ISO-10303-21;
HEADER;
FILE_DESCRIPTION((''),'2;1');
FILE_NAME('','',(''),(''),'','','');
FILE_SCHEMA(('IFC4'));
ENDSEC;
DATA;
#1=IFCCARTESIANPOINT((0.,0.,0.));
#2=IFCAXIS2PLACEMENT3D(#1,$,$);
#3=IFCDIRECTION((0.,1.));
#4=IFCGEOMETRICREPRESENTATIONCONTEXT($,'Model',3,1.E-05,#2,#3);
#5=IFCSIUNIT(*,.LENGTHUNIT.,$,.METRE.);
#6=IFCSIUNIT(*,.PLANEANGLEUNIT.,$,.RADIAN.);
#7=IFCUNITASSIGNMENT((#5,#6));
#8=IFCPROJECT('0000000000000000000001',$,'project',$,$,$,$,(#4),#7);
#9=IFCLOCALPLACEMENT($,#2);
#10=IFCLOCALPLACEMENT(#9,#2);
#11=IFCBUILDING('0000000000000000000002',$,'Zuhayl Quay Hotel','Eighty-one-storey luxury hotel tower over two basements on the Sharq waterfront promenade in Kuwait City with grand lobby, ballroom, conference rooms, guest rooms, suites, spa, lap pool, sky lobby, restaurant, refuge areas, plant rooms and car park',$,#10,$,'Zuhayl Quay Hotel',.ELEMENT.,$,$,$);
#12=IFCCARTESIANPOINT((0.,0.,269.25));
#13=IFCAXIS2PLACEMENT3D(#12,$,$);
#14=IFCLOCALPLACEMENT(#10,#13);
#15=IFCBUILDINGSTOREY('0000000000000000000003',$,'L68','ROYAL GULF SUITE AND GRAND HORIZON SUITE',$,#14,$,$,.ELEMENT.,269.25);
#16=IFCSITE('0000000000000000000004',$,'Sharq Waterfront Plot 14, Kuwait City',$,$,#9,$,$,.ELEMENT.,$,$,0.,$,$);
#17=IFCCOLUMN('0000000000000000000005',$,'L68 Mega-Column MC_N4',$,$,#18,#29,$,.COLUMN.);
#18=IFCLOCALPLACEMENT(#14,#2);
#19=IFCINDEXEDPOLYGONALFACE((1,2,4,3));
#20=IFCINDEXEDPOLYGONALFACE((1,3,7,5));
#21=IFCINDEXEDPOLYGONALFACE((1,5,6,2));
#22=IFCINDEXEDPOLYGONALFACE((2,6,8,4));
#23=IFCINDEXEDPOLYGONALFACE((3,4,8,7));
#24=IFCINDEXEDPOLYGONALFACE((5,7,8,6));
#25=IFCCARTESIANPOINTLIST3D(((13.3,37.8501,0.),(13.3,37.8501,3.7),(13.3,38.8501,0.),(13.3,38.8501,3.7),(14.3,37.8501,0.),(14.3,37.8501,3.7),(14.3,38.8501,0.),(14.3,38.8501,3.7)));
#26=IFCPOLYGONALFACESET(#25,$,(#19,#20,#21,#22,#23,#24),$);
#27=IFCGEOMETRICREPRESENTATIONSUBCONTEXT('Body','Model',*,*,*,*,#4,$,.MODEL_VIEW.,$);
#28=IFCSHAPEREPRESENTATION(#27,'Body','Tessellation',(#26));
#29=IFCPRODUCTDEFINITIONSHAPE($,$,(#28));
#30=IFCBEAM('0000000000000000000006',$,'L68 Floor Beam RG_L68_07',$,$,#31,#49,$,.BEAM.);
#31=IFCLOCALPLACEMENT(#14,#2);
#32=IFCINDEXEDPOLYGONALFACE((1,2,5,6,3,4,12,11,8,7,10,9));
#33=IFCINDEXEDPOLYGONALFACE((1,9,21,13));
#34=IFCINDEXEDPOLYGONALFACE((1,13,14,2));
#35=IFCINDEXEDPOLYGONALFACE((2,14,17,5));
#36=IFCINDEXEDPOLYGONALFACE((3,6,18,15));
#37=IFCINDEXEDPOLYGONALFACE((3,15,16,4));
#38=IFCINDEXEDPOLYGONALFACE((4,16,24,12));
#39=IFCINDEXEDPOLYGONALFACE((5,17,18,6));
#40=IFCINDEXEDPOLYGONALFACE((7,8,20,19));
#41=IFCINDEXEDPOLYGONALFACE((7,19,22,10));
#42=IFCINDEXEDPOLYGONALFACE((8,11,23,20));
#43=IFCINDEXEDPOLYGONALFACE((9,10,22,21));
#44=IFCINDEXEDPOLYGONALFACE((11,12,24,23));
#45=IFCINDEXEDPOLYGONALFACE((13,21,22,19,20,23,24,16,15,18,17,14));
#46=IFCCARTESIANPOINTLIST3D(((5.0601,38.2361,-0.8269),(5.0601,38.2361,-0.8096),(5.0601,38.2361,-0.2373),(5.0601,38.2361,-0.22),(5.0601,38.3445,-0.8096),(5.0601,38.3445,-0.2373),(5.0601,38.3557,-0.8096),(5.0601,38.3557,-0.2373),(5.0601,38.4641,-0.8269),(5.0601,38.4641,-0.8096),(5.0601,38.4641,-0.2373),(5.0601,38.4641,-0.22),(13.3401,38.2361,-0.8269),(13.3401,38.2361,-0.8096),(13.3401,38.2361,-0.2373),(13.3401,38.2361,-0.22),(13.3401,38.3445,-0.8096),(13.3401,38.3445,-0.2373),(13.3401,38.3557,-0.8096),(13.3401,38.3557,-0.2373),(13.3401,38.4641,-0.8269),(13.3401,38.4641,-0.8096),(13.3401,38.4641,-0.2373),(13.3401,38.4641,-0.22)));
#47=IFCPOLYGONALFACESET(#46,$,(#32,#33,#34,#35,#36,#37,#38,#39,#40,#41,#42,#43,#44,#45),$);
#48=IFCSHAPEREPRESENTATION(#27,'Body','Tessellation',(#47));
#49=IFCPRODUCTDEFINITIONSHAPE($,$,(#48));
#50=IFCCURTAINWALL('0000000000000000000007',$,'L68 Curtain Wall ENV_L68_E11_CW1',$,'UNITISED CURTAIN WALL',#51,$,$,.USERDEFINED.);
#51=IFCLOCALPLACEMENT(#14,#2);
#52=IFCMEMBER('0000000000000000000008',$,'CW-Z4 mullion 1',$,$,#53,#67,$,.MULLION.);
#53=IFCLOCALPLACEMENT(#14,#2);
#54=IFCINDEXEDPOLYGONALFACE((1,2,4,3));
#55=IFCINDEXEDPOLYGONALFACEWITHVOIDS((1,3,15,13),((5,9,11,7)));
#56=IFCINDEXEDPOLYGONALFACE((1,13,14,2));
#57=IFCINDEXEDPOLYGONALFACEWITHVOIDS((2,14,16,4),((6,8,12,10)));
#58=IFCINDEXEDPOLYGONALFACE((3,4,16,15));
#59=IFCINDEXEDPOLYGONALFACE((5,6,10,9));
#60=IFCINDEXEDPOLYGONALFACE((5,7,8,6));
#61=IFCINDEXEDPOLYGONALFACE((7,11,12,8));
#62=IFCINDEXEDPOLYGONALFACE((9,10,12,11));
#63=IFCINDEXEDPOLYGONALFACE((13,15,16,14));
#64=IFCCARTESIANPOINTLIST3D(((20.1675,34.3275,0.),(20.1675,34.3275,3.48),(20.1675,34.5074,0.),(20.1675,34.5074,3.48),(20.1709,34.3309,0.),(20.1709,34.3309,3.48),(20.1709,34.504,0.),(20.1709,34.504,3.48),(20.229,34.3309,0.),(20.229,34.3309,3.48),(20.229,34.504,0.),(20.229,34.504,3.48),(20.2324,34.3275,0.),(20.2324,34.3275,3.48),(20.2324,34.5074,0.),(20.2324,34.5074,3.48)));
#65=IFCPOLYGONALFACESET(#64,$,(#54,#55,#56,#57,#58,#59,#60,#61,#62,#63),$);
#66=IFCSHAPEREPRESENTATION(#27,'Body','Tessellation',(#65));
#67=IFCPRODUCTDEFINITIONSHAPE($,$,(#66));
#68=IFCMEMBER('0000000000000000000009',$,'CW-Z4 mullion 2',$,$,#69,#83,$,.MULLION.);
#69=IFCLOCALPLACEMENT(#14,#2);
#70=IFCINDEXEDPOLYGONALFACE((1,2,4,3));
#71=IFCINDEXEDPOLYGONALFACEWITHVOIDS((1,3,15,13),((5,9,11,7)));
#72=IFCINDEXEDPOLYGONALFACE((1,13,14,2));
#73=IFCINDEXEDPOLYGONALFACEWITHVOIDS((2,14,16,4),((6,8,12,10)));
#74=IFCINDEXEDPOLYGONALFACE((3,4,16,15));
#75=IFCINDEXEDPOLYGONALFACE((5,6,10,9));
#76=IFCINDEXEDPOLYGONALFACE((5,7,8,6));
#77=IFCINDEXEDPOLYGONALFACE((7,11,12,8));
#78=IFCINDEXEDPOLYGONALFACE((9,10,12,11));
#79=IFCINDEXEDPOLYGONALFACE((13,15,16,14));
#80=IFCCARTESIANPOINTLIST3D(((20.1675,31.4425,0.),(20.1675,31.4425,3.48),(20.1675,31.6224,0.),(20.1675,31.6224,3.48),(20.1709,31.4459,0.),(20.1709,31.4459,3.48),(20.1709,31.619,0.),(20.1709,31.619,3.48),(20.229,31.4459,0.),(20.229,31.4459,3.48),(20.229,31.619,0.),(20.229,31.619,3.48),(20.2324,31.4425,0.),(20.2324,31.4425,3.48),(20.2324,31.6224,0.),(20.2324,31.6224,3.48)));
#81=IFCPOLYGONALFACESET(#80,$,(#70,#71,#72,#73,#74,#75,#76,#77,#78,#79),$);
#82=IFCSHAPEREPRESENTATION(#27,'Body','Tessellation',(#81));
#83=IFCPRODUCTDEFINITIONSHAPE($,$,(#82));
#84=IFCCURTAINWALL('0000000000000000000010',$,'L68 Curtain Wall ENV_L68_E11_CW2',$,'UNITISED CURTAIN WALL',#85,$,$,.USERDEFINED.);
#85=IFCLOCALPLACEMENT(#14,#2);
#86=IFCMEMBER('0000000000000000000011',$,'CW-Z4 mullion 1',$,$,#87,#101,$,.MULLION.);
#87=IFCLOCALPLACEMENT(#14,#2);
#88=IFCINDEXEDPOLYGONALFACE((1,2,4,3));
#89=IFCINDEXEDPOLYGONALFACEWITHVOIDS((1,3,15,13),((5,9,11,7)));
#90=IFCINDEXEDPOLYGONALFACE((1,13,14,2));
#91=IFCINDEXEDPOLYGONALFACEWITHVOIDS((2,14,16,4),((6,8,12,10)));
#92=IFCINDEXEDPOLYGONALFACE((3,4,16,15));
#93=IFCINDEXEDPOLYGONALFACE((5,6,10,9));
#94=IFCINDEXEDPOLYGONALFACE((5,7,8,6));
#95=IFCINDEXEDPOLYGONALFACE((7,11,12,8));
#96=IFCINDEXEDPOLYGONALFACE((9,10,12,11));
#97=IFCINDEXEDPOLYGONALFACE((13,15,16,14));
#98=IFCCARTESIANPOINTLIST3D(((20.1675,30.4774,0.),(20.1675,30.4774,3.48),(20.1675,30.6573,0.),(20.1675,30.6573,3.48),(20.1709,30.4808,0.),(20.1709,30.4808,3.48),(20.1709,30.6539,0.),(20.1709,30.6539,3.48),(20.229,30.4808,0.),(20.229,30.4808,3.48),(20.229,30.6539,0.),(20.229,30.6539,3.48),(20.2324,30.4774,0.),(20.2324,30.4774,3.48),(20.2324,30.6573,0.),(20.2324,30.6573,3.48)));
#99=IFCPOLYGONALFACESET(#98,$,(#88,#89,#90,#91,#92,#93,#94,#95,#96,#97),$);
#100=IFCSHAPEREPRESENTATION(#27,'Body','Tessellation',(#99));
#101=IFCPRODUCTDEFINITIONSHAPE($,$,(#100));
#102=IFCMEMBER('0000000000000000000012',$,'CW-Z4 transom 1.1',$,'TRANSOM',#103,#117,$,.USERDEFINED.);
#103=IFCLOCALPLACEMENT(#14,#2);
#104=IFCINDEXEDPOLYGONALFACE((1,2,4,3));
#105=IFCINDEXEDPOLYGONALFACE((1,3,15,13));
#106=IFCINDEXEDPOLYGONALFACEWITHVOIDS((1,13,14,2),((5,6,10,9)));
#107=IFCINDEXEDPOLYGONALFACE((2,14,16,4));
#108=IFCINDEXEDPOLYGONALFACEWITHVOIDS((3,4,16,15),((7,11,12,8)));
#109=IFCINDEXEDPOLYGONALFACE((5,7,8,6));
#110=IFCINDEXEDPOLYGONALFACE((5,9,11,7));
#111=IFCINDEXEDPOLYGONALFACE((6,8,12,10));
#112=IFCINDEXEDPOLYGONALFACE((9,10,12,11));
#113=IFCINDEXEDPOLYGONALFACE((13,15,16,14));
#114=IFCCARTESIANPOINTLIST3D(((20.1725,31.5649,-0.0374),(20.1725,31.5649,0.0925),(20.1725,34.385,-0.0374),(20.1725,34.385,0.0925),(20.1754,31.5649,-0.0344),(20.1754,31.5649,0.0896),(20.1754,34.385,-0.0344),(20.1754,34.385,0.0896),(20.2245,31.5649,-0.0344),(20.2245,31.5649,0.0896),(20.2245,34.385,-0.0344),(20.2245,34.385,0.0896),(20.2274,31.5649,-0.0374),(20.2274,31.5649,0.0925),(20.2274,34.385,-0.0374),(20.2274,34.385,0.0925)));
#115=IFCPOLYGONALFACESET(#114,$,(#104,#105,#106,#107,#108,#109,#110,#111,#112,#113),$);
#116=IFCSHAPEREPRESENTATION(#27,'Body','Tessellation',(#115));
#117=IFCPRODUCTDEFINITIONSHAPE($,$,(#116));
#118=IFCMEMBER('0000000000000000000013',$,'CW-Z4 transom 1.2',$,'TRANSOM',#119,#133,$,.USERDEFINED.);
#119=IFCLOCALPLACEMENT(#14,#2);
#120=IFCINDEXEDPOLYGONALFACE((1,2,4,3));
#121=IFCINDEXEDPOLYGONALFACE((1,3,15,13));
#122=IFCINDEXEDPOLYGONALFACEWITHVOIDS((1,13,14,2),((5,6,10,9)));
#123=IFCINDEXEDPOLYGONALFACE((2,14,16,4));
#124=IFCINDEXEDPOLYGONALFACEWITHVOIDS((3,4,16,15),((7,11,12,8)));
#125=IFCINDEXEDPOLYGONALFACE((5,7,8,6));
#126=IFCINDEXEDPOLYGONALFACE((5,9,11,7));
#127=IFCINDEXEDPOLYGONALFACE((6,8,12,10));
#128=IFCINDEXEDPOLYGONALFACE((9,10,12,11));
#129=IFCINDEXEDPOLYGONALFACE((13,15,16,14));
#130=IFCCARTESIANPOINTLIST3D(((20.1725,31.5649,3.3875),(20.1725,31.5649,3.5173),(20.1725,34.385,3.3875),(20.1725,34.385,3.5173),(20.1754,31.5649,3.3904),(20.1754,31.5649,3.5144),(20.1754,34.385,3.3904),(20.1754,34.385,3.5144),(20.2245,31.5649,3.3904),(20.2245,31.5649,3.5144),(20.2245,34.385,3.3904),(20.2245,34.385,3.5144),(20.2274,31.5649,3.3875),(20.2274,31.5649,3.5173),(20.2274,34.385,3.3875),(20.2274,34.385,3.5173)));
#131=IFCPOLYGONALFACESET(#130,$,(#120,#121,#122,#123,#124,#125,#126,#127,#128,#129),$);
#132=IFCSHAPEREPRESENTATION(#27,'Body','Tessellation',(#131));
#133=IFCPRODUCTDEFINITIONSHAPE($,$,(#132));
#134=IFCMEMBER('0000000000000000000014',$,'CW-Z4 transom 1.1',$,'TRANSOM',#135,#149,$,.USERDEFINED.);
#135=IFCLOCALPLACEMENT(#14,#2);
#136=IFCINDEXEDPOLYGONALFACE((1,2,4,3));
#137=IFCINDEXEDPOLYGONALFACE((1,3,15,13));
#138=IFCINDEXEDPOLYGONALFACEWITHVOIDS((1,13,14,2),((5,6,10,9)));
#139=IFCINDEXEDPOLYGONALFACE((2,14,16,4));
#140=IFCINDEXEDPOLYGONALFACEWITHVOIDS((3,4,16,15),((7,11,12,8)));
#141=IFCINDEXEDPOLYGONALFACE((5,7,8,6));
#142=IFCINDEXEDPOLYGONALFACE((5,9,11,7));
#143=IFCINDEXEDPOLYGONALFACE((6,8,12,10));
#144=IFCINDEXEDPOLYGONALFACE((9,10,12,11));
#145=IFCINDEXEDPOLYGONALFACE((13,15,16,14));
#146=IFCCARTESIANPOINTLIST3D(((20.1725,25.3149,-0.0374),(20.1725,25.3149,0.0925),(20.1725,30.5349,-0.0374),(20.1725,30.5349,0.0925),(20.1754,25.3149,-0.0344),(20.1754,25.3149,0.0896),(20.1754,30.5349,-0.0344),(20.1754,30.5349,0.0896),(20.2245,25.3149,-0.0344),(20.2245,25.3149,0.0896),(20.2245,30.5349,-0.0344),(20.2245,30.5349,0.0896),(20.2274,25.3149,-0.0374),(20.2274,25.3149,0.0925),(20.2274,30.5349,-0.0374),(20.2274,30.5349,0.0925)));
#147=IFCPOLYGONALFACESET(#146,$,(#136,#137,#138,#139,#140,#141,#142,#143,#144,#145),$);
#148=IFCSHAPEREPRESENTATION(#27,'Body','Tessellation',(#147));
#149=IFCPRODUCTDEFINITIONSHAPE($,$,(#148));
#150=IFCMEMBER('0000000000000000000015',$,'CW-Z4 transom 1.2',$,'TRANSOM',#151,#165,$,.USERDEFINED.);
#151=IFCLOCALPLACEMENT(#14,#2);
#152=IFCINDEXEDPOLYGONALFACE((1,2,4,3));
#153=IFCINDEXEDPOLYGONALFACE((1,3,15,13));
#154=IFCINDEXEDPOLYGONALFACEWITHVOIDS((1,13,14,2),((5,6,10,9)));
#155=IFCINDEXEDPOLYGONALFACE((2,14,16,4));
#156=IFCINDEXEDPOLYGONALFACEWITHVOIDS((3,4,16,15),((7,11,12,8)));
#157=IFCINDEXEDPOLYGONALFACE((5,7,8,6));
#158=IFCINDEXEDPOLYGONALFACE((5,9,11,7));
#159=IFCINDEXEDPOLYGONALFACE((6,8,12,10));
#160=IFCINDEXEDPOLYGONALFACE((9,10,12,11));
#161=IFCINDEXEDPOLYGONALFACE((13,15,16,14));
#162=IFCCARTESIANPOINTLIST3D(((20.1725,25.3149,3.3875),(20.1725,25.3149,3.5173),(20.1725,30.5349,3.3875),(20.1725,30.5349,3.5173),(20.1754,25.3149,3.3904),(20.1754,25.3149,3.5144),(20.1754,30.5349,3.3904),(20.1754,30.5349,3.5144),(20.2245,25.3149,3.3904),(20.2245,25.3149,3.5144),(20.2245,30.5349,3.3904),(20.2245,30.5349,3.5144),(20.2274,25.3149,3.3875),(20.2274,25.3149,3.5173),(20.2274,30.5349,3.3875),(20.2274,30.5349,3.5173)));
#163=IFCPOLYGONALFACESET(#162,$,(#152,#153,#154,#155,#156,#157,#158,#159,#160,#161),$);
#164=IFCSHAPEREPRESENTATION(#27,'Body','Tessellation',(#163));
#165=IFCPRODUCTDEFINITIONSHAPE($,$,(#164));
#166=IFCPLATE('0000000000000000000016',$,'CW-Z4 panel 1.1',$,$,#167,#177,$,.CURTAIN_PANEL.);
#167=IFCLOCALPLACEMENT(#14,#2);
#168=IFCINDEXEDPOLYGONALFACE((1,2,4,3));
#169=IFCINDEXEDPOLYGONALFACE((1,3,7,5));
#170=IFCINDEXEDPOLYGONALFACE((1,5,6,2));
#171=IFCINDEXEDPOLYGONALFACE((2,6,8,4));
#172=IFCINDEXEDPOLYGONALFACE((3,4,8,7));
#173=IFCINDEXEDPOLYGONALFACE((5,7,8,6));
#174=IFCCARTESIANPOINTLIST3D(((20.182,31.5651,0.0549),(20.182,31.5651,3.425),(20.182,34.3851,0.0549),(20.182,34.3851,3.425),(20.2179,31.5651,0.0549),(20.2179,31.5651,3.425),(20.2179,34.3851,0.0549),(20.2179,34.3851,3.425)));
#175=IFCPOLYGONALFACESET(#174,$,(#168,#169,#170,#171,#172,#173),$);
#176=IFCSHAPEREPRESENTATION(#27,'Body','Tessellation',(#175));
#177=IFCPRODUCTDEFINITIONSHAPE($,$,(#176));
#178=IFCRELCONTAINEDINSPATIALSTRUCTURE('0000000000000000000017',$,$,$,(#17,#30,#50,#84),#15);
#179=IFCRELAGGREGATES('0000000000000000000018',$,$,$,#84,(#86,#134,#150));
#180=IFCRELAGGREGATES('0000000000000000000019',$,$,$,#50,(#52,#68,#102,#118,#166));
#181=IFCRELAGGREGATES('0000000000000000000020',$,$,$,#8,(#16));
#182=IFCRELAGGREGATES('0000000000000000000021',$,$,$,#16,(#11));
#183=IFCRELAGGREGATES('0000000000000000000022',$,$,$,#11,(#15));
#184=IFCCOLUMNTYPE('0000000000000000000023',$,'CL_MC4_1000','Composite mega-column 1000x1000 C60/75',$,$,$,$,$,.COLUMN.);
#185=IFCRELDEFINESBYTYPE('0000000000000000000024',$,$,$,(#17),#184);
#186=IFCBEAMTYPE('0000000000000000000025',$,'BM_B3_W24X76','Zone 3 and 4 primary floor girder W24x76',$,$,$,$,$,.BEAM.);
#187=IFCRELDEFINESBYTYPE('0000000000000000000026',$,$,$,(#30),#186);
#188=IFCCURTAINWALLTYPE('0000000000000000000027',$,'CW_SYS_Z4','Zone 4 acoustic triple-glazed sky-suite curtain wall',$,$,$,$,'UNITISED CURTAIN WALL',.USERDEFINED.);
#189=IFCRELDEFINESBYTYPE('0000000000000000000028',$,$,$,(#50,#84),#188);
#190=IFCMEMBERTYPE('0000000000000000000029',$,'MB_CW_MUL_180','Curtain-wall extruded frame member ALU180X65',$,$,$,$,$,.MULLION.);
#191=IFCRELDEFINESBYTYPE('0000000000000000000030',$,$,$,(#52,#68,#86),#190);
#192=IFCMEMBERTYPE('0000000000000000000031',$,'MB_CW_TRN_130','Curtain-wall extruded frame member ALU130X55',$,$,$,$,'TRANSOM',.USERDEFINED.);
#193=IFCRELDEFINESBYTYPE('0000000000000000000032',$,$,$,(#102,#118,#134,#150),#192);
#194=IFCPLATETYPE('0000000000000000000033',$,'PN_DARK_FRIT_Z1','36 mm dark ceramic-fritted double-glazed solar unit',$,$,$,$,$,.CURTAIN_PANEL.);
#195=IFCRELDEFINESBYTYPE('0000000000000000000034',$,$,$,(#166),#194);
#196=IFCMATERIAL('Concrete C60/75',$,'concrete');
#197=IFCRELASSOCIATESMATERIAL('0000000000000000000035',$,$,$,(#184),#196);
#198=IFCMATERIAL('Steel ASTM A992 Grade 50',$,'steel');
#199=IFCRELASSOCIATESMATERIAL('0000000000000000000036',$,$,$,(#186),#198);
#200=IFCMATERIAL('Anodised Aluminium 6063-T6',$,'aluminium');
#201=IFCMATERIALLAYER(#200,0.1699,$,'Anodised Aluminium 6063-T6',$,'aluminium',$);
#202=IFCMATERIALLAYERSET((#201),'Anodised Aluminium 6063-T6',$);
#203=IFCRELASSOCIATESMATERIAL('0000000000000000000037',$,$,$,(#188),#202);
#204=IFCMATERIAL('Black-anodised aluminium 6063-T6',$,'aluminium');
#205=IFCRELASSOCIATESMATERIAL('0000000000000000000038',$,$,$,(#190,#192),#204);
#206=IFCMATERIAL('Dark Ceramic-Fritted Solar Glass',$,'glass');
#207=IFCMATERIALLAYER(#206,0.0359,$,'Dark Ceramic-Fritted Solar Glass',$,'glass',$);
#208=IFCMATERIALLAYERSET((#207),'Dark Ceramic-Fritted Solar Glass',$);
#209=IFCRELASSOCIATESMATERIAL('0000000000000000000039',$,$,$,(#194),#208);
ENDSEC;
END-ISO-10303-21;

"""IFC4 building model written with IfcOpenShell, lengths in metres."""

from ifc_helpers import new_model, si_unit, direction, frame, origin, origin_2d, place, context, subcontext, project, spatial, rectangle, hollow_rectangle, i_section, extrude, material, layer, layer_set, material_profile, profile_set, type_object, element, aggregate, save


model = new_model("IFC4")

# Units and contexts
model_context = context("Model", 3, precision=1e-05, world=origin(), true_north=direction((0.0, 1.0)))
body_context = subcontext(model_context, "Body", "Model", "MODEL_VIEW")
ifc_project = project(units=[si_unit("LENGTHUNIT", "METRE"), si_unit("PLANEANGLEUNIT", "RADIAN")], contexts=[model_context])

# Site, building, storey
site_placement = place(None, origin())
site = spatial("IfcSite", under=ifc_project, at=site_placement, Name="Sharq Waterfront Plot 14, Kuwait City", CompositionType="ELEMENT", RefElevation=0.0)
building_placement = place(site_placement, origin())
building = spatial("IfcBuilding", under=site, at=building_placement, Name="Zuhayl Quay Hotel", Description="Eighty-one-storey luxury hotel tower over two basements on the Sharq waterfront promenade in Kuwait City with grand lobby, ballroom, conference rooms, guest rooms, suites, spa, lap pool, sky lobby, restaurant, refuge areas, plant rooms and car park", LongName="Zuhayl Quay Hotel", CompositionType="ELEMENT")
storey_placement = place(building_placement, frame((0.0, 0.0, 269.25)))
storey = spatial("IfcBuildingStorey", under=building, at=storey_placement, Name="L68", Description="ROYAL GULF SUITE AND GRAND HORIZON SUITE", CompositionType="ELEMENT", Elevation=269.25)

# Column
ifc_material_1 = material(Name="Concrete C60/75", Category="concrete")
ifc_material_profile_1 = material_profile(ifc_material_1, rectangle(XDim=1.0, YDim=1.0, at=origin_2d()), Name="RC1000X1000")
ifc_profile_set_1 = profile_set([ifc_material_profile_1], Name="Concrete C60/75")
column_type = type_object("IfcColumnType", Name="CL_MC4_1000", Description="Composite mega-column 1000x1000 C60/75", PredefinedType="COLUMN", material=ifc_profile_set_1)
column_placement = place(storey_placement, frame((13.8, 38.3501, 0.0), z_axis=(0.0, 0.0, 1.0), x_axis=(1.0, 0.0, 0.0)))
element("IfcColumn", 1, at=column_placement, inside=storey, type_object=column_type, Name="L68 Mega-Column MC_N4", PredefinedType="COLUMN", context=body_context, shape_type="SweptSolid", body=[
    extrude(rectangle(XDim=1.0, YDim=1.0, at=origin_2d()), origin(), (0.0, 0.0, 1.0), 3.7),
])

# Beam
ifc_material_2 = material(Name="Steel ASTM A992 Grade 50", Category="steel")
ifc_material_profile_2 = material_profile(ifc_material_2, i_section(OverallWidth=0.228, OverallDepth=0.6069, WebThickness=0.0112, FlangeThickness=0.0173, at=origin_2d()), Name="W24X76")
ifc_profile_set_2 = profile_set([ifc_material_profile_2], Name="Steel ASTM A992 Grade 50")
beam_type = type_object("IfcBeamType", Name="BM_B3_W24X76", Description="Zone 3 and 4 primary floor girder W24x76", PredefinedType="BEAM", material=ifc_profile_set_2)
beam_placement = place(storey_placement, frame((13.3401, 38.3501, -0.5234), z_axis=(-1.0, 0.0, 0.0), x_axis=(0.0, -1.0, 0.0)))
element("IfcBeam", 2, at=beam_placement, inside=storey, type_object=beam_type, Name="L68 Floor Beam RG_L68_07", PredefinedType="BEAM", context=body_context, shape_type="SweptSolid", body=[
    extrude(i_section(OverallWidth=0.228, OverallDepth=0.6069, WebThickness=0.0112, FlangeThickness=0.0173, at=origin_2d()), origin(), (0.0, 0.0, 1.0), 8.28),
])

# Curtain wall, members
ifc_material_3 = material(Name="Anodised Aluminium 6063-T6", Category="aluminium")
ifc_layer_1 = layer(ifc_material_3, 0.1699, Name="Anodised Aluminium 6063-T6", Category="aluminium")
ifc_layer_set_1 = layer_set([ifc_layer_1], Name="Anodised Aluminium 6063-T6")
curtain_wall_type = type_object("IfcCurtainWallType", Name="CW_SYS_Z4", Description="Zone 4 acoustic triple-glazed sky-suite curtain wall", ElementType="UNITISED CURTAIN WALL", PredefinedType="USERDEFINED", material=ifc_layer_set_1)
curtain_wall_1_placement = place(storey_placement, origin())
curtain_wall_1 = element("IfcCurtainWall", 3, at=curtain_wall_1_placement, inside=storey, type_object=curtain_wall_type, Name="L68 Curtain Wall ENV_L68_E11_CW1", ObjectType="UNITISED CURTAIN WALL", PredefinedType="USERDEFINED")
ifc_material_4 = material(Name="Black-anodised aluminium 6063-T6", Category="aluminium")
ifc_material_profile_3 = material_profile(ifc_material_4, hollow_rectangle(XDim=0.0649, YDim=0.1799, WallThickness=0.0034, at=origin_2d()), Name="ALU180X65")
ifc_profile_set_3 = profile_set([ifc_material_profile_3], Name="Black-anodised aluminium 6063-T6")
member_type_1 = type_object("IfcMemberType", Name="MB_CW_MUL_180", Description="Curtain-wall extruded frame member ALU180X65", PredefinedType="MULLION", material=ifc_profile_set_3)
member_1_placement = place(storey_placement, frame((20.2, 34.4175, 0.0), z_axis=(0.0, 0.0, 1.0), x_axis=(1.0, 0.0, 0.0)))
member_1 = element("IfcMember", 4, at=member_1_placement, type_object=member_type_1, Name="CW-Z4 mullion 1", PredefinedType="MULLION", context=body_context, shape_type="SweptSolid", body=[
    extrude(hollow_rectangle(XDim=0.0649, YDim=0.1799, WallThickness=0.0034, at=origin_2d()), origin(), (0.0, 0.0, 1.0), 3.48),
])
member_2_placement = place(storey_placement, frame((20.2, 31.5325, 0.0), z_axis=(0.0, 0.0, 1.0), x_axis=(1.0, 0.0, 0.0)))
member_2 = element("IfcMember", 5, at=member_2_placement, type_object=member_type_1, Name="CW-Z4 mullion 2", PredefinedType="MULLION", context=body_context, shape_type="SweptSolid", body=[
    extrude(hollow_rectangle(XDim=0.0649, YDim=0.1799, WallThickness=0.0034, at=origin_2d()), origin(), (0.0, 0.0, 1.0), 3.48),
])

# Curtain wall, member
curtain_wall_2_placement = place(storey_placement, origin())
curtain_wall_2 = element("IfcCurtainWall", 6, at=curtain_wall_2_placement, inside=storey, type_object=curtain_wall_type, Name="L68 Curtain Wall ENV_L68_E11_CW2", ObjectType="UNITISED CURTAIN WALL", PredefinedType="USERDEFINED")
member_3_placement = place(storey_placement, frame((20.2, 30.5674, 0.0), z_axis=(0.0, 0.0, 1.0), x_axis=(1.0, 0.0, 0.0)))
member_3 = element("IfcMember", 7, at=member_3_placement, type_object=member_type_1, Name="CW-Z4 mullion 1", PredefinedType="MULLION", context=body_context, shape_type="SweptSolid", body=[
    extrude(hollow_rectangle(XDim=0.0649, YDim=0.1799, WallThickness=0.0034, at=origin_2d()), origin(), (0.0, 0.0, 1.0), 3.48),
])

# Members
ifc_material_profile_4 = material_profile(ifc_material_4, hollow_rectangle(XDim=0.0549, YDim=0.1299, WallThickness=0.0029, at=origin_2d()), Name="ALU130X55")
ifc_profile_set_4 = profile_set([ifc_material_profile_4], Name="Black-anodised aluminium 6063-T6")
member_type_2 = type_object("IfcMemberType", Name="MB_CW_TRN_130", Description="Curtain-wall extruded frame member ALU130X55", ElementType="TRANSOM", PredefinedType="USERDEFINED", material=ifc_profile_set_4)
member_4_placement = place(storey_placement, frame((20.2, 34.385, 0.0276), z_axis=(0.0, -1.0, 0.0), x_axis=(1.0, 0.0, 0.0)))
member_4 = element("IfcMember", 8, at=member_4_placement, type_object=member_type_2, Name="CW-Z4 transom 1.1", ObjectType="TRANSOM", PredefinedType="USERDEFINED", context=body_context, shape_type="SweptSolid", body=[
    extrude(hollow_rectangle(XDim=0.0549, YDim=0.1299, WallThickness=0.0029, at=origin_2d()), origin(), (0.0, 0.0, 1.0), 2.8201),
])
member_5_placement = place(storey_placement, frame((20.2, 34.385, 3.4524), z_axis=(0.0, -1.0, 0.0), x_axis=(1.0, 0.0, 0.0)))
member_5 = element("IfcMember", 9, at=member_5_placement, type_object=member_type_2, Name="CW-Z4 transom 1.2", ObjectType="TRANSOM", PredefinedType="USERDEFINED", context=body_context, shape_type="SweptSolid", body=[
    extrude(hollow_rectangle(XDim=0.0549, YDim=0.1299, WallThickness=0.0029, at=origin_2d()), origin(), (0.0, 0.0, 1.0), 2.8201),
])
member_6_placement = place(storey_placement, frame((20.2, 30.5349, 0.0276), z_axis=(0.0, -1.0, 0.0), x_axis=(1.0, 0.0, 0.0)))
member_6 = element("IfcMember", 10, at=member_6_placement, type_object=member_type_2, Name="CW-Z4 transom 1.1", ObjectType="TRANSOM", PredefinedType="USERDEFINED", context=body_context, shape_type="SweptSolid", body=[
    extrude(hollow_rectangle(XDim=0.0549, YDim=0.1299, WallThickness=0.0029, at=origin_2d()), origin(), (0.0, 0.0, 1.0), 5.22),
])
member_7_placement = place(storey_placement, frame((20.2, 30.5349, 3.4524), z_axis=(0.0, -1.0, 0.0), x_axis=(1.0, 0.0, 0.0)))
member_7 = element("IfcMember", 11, at=member_7_placement, type_object=member_type_2, Name="CW-Z4 transom 1.2", ObjectType="TRANSOM", PredefinedType="USERDEFINED", context=body_context, shape_type="SweptSolid", body=[
    extrude(hollow_rectangle(XDim=0.0549, YDim=0.1299, WallThickness=0.0029, at=origin_2d()), origin(), (0.0, 0.0, 1.0), 5.22),
])
aggregate(curtain_wall_2, [member_3, member_6, member_7])

# Plate
ifc_material_5 = material(Name="Dark Ceramic-Fritted Solar Glass", Category="glass")
ifc_layer_2 = layer(ifc_material_5, 0.0359, Name="Dark Ceramic-Fritted Solar Glass", Category="glass")
ifc_layer_set_2 = layer_set([ifc_layer_2], Name="Dark Ceramic-Fritted Solar Glass")
plate_type = type_object("IfcPlateType", Name="PN_DARK_FRIT_Z1", Description="36 mm dark ceramic-fritted double-glazed solar unit", PredefinedType="CURTAIN_PANEL", material=ifc_layer_set_2)
plate_placement = place(storey_placement, frame((20.2, 32.9751, 0.0549), z_axis=(0.0, 0.0, 1.0), x_axis=(0.0, -1.0, 0.0)))
plate = element("IfcPlate", 12, at=plate_placement, type_object=plate_type, Name="CW-Z4 panel 1.1", PredefinedType="CURTAIN_PANEL", context=body_context, shape_type="SweptSolid", body=[
    extrude(rectangle(XDim=2.8201, YDim=0.0359, at=origin_2d()), origin(), (0.0, 0.0, 1.0), 3.3701),
])
aggregate(curtain_wall_1, [member_1, member_2, member_4, member_5, plate])

save(model, "model.ifc")
